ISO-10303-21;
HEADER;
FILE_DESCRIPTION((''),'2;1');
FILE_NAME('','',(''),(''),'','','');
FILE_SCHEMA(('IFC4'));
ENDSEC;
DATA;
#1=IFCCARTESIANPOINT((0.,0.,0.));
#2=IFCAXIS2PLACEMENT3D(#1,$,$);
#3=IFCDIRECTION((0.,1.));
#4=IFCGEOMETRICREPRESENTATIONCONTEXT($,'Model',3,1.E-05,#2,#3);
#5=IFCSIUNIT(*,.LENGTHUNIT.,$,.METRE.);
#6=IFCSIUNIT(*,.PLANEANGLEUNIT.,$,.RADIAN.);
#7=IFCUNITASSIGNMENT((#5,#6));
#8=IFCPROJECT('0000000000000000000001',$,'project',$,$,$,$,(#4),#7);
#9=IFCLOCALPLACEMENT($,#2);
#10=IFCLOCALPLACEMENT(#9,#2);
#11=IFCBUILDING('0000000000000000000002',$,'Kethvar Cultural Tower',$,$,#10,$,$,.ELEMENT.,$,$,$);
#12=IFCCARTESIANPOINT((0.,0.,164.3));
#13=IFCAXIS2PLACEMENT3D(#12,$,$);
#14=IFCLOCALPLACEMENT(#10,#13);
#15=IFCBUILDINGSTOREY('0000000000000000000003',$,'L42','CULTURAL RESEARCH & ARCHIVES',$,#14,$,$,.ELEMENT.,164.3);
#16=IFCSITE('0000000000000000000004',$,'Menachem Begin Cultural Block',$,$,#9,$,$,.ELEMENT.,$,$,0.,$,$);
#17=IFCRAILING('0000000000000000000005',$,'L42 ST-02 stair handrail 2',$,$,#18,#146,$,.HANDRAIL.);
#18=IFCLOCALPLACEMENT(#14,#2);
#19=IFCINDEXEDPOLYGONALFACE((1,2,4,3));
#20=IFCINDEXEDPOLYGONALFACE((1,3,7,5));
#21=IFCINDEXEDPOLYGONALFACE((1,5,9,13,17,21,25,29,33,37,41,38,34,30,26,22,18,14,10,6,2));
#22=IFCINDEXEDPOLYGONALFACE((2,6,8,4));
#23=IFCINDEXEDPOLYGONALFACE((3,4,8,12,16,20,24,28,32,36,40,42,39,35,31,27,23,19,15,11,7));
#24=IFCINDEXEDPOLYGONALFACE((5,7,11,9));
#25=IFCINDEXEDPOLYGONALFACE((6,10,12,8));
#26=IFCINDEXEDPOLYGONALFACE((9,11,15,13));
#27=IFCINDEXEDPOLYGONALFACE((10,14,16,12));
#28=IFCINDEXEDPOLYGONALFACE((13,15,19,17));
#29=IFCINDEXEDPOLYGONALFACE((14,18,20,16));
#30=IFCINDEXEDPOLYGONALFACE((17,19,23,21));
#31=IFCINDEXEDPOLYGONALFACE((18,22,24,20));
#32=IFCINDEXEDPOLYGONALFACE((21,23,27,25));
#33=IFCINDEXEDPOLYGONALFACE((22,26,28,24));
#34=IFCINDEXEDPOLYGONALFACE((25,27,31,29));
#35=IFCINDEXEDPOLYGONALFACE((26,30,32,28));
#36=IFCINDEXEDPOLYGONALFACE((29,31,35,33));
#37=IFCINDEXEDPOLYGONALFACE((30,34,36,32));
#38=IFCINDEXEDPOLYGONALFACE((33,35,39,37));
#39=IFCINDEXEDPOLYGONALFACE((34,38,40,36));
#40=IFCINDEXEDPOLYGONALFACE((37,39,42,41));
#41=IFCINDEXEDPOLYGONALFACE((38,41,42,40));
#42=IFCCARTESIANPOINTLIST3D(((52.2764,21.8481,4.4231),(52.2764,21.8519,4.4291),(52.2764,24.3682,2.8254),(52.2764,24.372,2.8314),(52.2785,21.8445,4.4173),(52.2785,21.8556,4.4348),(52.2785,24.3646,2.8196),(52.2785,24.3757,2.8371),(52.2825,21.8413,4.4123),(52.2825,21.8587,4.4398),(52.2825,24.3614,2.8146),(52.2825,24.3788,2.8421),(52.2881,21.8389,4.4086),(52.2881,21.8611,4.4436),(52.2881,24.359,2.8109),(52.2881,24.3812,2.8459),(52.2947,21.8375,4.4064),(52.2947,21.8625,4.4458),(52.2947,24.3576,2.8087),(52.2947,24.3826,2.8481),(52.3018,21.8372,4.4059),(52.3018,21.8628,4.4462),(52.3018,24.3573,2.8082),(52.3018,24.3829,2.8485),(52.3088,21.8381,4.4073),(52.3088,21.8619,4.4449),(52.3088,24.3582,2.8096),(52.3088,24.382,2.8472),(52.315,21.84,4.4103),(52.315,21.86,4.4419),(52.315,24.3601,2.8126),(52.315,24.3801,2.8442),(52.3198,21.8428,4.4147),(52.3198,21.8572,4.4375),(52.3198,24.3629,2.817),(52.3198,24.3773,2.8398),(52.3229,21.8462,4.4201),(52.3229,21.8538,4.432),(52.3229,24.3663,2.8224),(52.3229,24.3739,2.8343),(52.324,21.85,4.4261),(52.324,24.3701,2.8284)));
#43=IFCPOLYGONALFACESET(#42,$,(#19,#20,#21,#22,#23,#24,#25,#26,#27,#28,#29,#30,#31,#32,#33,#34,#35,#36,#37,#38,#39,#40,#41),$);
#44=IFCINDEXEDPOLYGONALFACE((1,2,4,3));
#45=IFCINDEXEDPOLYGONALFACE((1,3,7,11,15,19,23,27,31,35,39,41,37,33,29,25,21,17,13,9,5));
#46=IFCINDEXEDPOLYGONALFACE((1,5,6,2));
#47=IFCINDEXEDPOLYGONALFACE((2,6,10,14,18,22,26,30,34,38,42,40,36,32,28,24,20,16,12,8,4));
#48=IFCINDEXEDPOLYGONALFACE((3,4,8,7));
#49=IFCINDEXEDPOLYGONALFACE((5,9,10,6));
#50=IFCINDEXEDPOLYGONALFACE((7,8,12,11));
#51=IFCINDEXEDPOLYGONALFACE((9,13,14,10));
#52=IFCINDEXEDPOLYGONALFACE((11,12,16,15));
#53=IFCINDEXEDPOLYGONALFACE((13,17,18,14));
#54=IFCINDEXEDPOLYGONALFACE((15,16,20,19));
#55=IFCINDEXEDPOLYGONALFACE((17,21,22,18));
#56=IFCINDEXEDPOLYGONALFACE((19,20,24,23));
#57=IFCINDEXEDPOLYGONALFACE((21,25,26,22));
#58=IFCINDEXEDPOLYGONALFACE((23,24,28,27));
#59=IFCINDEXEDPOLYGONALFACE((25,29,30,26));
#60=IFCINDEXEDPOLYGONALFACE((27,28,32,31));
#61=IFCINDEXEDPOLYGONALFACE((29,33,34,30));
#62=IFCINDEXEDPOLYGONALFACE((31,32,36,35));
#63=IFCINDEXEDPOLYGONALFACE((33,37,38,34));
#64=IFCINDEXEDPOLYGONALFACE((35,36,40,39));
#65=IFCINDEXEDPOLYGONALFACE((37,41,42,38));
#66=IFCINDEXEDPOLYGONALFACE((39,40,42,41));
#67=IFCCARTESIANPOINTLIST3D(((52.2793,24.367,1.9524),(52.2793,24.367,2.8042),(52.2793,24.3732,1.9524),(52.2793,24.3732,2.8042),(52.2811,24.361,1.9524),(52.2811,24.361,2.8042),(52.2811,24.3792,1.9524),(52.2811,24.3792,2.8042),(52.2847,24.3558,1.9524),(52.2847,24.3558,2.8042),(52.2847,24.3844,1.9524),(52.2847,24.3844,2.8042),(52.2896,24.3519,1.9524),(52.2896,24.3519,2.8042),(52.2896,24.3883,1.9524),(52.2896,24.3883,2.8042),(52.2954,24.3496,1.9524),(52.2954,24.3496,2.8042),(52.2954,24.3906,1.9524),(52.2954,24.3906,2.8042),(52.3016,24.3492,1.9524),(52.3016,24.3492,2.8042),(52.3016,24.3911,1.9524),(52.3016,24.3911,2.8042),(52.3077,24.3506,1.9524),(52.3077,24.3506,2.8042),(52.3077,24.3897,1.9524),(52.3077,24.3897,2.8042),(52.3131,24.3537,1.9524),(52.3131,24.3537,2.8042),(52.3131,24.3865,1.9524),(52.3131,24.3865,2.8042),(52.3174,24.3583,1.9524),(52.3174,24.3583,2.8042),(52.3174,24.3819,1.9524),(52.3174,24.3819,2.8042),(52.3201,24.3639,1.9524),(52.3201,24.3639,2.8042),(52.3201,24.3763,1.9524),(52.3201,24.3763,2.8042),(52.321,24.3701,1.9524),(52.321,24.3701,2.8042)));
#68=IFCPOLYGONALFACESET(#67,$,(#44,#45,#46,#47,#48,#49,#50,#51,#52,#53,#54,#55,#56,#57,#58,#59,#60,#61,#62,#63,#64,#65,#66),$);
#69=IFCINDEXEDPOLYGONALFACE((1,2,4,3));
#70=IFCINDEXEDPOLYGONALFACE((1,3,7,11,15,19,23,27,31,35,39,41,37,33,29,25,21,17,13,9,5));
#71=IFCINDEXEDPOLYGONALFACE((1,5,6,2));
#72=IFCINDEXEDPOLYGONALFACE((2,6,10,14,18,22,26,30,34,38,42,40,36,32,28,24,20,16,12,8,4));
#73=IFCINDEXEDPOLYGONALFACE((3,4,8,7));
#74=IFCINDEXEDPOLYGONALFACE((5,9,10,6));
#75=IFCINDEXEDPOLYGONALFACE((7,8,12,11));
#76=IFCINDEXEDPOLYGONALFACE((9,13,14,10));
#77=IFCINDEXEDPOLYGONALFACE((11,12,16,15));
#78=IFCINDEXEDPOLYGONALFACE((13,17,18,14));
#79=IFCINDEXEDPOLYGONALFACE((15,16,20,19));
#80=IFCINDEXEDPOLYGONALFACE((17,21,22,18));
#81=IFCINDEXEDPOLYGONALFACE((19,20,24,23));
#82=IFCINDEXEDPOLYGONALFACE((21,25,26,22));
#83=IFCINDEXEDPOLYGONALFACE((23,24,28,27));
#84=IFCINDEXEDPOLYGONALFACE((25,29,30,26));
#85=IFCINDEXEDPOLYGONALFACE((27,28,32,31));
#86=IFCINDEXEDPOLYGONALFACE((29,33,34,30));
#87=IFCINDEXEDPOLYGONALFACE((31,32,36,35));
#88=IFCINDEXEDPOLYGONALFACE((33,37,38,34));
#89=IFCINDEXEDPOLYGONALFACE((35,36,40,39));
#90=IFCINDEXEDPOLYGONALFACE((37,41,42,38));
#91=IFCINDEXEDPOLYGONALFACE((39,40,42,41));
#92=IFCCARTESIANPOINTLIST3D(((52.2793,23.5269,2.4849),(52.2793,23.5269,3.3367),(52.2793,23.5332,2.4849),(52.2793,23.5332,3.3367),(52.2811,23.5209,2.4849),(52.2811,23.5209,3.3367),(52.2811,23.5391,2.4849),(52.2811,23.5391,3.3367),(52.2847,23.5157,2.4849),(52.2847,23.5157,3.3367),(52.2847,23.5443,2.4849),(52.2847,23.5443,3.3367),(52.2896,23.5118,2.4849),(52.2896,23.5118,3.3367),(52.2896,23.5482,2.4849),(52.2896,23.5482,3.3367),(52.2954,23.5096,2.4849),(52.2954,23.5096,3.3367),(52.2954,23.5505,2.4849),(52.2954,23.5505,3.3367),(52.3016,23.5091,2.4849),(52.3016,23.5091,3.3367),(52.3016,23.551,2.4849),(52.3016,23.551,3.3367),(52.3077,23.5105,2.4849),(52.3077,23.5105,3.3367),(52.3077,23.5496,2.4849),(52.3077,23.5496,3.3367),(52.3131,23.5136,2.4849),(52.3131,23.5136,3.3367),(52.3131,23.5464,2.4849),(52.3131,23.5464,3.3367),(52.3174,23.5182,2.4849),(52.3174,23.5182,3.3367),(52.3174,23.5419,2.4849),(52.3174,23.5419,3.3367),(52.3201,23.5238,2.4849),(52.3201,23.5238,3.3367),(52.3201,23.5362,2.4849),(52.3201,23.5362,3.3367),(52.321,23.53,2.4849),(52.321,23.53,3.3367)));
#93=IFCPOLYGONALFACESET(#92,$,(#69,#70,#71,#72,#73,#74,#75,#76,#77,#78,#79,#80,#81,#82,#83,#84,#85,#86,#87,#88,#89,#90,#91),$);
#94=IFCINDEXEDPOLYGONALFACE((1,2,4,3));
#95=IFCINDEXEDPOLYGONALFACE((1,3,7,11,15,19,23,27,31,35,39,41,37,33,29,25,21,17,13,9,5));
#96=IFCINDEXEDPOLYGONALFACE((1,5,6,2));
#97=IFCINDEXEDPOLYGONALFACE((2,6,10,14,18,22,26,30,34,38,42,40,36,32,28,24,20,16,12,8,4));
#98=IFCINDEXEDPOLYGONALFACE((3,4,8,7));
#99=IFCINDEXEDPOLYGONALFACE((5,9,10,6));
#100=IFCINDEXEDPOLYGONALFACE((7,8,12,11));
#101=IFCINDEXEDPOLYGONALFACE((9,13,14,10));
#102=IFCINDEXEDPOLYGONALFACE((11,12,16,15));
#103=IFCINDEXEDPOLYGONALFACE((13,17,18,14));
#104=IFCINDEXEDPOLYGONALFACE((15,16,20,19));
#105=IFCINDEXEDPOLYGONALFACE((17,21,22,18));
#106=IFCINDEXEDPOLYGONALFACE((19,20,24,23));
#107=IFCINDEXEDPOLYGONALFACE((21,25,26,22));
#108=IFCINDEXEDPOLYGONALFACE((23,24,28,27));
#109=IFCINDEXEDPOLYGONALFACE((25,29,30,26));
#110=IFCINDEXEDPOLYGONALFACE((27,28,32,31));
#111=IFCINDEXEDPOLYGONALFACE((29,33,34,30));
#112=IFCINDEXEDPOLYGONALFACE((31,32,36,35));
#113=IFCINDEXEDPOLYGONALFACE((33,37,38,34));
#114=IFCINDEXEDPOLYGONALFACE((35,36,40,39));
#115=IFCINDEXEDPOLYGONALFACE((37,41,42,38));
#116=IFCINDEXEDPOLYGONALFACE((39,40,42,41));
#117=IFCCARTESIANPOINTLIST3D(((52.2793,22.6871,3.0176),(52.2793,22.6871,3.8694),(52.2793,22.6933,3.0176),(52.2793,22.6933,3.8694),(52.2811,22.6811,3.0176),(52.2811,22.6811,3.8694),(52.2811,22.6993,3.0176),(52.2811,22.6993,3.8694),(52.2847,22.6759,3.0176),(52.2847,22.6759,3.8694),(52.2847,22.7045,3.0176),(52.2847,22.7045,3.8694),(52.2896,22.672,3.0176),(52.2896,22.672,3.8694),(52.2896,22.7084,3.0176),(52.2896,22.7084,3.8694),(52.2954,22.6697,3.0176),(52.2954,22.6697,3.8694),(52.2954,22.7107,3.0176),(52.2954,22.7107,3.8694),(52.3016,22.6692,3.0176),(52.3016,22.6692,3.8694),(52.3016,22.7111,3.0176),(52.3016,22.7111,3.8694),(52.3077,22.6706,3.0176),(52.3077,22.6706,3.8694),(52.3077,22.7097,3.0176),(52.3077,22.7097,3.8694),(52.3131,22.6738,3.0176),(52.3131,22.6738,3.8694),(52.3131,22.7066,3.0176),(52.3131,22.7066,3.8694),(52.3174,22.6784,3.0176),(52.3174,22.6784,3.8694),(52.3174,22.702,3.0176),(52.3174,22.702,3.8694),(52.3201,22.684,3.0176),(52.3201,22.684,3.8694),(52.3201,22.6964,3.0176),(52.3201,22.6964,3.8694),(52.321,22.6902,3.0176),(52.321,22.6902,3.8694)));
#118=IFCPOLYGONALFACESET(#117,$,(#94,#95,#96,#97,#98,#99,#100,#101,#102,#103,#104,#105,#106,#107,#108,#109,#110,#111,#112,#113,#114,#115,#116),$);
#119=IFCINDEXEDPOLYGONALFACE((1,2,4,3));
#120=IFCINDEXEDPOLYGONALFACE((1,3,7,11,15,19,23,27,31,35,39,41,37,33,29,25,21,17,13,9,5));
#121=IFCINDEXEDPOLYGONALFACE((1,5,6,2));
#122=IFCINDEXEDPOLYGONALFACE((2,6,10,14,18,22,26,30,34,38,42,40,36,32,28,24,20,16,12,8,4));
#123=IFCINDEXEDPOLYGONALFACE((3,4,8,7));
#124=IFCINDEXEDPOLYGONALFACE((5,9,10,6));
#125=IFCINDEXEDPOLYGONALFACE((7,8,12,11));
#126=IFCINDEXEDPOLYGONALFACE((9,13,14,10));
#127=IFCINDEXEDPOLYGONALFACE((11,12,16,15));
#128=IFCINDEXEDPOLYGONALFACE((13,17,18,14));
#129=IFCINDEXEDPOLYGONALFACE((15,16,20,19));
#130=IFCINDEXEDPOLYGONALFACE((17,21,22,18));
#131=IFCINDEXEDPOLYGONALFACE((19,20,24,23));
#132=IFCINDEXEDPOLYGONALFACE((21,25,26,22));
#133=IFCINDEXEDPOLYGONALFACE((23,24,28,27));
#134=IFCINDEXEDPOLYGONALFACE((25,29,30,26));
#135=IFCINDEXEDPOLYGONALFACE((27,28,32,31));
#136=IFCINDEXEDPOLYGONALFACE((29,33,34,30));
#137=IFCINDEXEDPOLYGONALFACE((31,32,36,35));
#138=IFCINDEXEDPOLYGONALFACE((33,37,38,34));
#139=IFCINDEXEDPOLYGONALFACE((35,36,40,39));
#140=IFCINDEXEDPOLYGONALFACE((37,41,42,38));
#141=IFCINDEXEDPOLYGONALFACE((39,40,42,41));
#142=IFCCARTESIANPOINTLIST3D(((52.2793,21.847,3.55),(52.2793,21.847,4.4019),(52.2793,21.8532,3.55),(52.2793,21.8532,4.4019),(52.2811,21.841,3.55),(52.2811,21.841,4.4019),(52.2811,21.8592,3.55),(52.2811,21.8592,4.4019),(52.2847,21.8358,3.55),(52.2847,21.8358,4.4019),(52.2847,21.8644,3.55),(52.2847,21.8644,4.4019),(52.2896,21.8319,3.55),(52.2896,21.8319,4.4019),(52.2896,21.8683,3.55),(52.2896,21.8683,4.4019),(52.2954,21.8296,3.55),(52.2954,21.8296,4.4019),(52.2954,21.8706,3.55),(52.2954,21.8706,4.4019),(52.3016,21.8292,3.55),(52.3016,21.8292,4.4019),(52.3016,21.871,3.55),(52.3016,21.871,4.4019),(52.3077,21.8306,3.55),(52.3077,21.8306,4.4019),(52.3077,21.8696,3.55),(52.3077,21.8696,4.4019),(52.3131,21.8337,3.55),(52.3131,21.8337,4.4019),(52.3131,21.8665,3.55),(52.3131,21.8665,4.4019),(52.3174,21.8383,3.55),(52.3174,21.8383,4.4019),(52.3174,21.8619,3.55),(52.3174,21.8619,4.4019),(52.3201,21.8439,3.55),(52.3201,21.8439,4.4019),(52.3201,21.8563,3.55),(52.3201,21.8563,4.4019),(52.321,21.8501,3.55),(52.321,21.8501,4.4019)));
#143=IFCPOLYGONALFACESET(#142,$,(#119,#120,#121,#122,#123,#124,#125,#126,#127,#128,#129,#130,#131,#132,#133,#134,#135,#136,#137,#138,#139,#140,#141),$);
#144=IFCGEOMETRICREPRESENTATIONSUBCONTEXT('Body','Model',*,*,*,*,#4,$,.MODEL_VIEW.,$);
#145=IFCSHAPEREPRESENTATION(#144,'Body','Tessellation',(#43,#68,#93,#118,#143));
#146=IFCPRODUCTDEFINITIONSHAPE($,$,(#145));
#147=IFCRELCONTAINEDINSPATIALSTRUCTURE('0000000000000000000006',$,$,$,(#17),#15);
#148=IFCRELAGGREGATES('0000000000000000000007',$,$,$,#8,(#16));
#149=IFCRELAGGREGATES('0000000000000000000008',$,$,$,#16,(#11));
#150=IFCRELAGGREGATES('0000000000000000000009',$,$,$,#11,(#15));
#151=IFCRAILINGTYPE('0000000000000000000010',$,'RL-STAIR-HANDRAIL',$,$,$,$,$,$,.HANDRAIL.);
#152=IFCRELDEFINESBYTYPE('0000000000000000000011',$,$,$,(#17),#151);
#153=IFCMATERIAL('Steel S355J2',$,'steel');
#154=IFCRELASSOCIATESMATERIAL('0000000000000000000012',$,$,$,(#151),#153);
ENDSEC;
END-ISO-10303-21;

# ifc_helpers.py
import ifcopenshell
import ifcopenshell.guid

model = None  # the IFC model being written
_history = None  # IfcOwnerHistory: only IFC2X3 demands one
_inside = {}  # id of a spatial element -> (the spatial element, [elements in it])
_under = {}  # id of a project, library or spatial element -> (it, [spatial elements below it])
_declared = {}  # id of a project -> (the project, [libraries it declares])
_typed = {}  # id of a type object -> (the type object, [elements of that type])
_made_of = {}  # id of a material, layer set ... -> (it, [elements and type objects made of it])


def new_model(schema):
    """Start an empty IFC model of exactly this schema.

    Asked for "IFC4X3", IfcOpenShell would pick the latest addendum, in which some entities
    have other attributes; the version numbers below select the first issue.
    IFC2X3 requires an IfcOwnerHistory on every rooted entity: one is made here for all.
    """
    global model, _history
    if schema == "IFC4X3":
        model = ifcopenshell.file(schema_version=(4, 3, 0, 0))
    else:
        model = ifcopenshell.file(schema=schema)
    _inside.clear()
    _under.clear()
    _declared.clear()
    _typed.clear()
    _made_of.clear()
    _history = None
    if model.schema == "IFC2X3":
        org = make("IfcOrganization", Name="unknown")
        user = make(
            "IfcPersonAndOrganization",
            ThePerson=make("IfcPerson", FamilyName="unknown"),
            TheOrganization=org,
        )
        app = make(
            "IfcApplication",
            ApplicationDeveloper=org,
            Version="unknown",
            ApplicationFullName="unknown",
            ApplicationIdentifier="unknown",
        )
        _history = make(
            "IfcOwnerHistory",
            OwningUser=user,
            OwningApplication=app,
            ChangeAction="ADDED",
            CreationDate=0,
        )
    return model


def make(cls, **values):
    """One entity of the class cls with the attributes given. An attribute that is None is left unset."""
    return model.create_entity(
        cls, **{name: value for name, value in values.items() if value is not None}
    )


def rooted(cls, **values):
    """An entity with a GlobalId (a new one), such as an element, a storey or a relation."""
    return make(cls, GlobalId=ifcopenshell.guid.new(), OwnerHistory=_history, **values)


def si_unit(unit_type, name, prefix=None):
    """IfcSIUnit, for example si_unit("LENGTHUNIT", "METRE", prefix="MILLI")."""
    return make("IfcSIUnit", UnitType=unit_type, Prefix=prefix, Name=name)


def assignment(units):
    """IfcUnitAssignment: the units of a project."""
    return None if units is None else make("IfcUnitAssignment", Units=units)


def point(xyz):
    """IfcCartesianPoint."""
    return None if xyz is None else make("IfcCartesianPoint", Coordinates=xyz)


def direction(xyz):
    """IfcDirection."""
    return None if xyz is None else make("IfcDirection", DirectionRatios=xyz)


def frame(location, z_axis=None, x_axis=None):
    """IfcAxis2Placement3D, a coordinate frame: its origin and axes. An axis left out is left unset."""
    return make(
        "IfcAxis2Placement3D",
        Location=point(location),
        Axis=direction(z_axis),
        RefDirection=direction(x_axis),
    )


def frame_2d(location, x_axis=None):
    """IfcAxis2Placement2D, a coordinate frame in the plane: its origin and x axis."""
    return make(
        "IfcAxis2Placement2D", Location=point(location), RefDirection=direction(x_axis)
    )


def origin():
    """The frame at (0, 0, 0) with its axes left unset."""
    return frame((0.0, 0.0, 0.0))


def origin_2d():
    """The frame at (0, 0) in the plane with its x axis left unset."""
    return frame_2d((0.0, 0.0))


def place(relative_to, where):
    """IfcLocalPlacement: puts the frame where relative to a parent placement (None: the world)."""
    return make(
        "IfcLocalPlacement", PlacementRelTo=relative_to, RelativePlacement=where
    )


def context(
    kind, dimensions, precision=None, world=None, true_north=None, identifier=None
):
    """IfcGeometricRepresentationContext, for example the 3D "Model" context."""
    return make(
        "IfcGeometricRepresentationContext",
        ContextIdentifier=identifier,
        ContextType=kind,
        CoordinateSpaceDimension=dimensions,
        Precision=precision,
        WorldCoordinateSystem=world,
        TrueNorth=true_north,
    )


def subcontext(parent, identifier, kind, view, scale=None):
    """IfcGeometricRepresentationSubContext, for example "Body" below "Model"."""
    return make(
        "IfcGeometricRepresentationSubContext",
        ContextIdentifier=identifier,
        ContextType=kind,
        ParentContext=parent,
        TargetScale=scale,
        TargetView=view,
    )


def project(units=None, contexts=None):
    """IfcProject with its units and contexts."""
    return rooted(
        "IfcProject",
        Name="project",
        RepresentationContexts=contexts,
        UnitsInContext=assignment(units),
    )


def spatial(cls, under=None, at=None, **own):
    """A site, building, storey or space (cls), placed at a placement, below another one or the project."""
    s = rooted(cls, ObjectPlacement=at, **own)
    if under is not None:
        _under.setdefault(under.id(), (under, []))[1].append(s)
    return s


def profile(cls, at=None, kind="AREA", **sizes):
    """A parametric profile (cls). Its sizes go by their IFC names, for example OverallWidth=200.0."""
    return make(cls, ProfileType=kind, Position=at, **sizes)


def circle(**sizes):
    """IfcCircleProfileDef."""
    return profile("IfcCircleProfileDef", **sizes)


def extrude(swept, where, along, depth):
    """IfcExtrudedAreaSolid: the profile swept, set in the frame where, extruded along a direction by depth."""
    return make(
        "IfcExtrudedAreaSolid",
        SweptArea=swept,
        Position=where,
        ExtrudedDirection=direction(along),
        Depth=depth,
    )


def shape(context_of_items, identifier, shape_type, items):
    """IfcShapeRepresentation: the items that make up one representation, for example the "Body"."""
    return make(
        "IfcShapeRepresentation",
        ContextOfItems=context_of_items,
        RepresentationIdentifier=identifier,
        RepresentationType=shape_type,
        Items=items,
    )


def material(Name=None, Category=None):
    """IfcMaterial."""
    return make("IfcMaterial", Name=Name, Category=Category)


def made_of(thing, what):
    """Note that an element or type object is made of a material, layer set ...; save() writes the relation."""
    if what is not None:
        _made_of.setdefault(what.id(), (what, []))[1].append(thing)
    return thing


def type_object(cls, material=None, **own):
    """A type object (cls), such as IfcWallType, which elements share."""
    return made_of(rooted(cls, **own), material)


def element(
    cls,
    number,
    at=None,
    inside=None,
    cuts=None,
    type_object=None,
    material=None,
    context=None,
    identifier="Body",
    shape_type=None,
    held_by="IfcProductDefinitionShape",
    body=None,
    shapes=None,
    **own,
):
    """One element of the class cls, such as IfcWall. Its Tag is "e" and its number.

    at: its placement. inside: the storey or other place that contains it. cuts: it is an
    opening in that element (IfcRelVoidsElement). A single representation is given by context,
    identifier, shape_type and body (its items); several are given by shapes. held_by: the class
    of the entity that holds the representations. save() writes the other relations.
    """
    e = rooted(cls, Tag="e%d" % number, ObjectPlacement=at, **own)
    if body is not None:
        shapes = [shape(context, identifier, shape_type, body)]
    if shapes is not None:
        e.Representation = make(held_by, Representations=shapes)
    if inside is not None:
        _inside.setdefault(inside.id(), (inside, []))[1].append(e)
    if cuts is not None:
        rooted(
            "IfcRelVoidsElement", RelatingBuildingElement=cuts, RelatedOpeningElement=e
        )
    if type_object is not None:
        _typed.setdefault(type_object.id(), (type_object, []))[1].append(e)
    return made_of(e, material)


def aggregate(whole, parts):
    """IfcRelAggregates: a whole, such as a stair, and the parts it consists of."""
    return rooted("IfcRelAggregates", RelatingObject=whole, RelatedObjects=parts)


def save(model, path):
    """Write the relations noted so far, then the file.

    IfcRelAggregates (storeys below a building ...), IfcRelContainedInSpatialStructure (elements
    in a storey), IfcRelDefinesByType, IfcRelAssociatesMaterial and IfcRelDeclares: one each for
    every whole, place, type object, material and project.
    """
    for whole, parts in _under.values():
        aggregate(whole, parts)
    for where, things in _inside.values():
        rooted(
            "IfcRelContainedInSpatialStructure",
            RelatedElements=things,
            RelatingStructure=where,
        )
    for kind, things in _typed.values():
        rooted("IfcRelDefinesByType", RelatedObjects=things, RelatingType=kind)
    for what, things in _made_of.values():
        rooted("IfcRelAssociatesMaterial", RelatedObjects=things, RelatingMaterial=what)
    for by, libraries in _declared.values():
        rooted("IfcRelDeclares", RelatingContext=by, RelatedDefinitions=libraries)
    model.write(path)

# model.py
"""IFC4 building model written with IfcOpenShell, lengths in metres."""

from ifc_helpers import new_model, si_unit, direction, frame, origin, origin_2d, place, context, subcontext, project, spatial, circle, extrude, material, type_object, element, save


model = new_model("IFC4")

# Units and contexts
model_context = context("Model", 3, precision=1e-05, world=origin(), true_north=direction((0.0, 1.0)))
body_context = subcontext(model_context, "Body", "Model", "MODEL_VIEW")
ifc_project = project(units=[si_unit("LENGTHUNIT", "METRE"), si_unit("PLANEANGLEUNIT", "RADIAN")], contexts=[model_context])

# Site, building, storey
site_placement = place(None, origin())
site = spatial("IfcSite", under=ifc_project, at=site_placement, Name="Menachem Begin Cultural Block", CompositionType="ELEMENT", RefElevation=0.0)
building_placement = place(site_placement, origin())
building = spatial("IfcBuilding", under=site, at=building_placement, Name="Kethvar Cultural Tower", CompositionType="ELEMENT")
storey_placement = place(building_placement, frame((0.0, 0.0, 164.3)))
storey = spatial("IfcBuildingStorey", under=building, at=storey_placement, Name="L42", Description="CULTURAL RESEARCH & ARCHIVES", CompositionType="ELEMENT", Elevation=164.3)

# Shared definitions
ifc_material_1 = material(Name="Steel S355J2", Category="steel")

# Railing
railing_type_1 = type_object("IfcRailingType", Name="RL-STAIR-HANDRAIL", PredefinedType="HANDRAIL", material=ifc_material_1)
railing_1_placement = place(storey_placement, frame((52.3, 24.3701, 1.9524)))
element("IfcRailing", 1, at=railing_1_placement, inside=storey, type_object=railing_type_1, Name="L42 ST-02 stair handrail 2", PredefinedType="HANDRAIL", context=body_context, shape_type="SweptSolid", body=[
    extrude(circle(Radius=0.0239, at=origin_2d()), frame((0.0, 0.0, 0.876), z_axis=(0.0, -0.84457, 0.535445), x_axis=(1.0, 0.0, 0.0)), (0.0, 0.0, 1.0), 2.9839),
    extrude(circle(Radius=0.021, at=origin_2d()), origin(), (0.0, 0.0, 1.0), 0.8518),
    extrude(circle(Radius=0.021, at=origin_2d()), frame((0.0, -0.8401, 0.5325)), (0.0, 0.0, 1.0), 0.8518),
    extrude(circle(Radius=0.021, at=origin_2d()), frame((0.0, -1.6799, 1.0652)), (0.0, 0.0, 1.0), 0.8518),
    extrude(circle(Radius=0.021, at=origin_2d()), frame((0.0, -2.52, 1.5977)), (0.0, 0.0, 1.0), 0.8518),
])

save(model, "model.ifc")
